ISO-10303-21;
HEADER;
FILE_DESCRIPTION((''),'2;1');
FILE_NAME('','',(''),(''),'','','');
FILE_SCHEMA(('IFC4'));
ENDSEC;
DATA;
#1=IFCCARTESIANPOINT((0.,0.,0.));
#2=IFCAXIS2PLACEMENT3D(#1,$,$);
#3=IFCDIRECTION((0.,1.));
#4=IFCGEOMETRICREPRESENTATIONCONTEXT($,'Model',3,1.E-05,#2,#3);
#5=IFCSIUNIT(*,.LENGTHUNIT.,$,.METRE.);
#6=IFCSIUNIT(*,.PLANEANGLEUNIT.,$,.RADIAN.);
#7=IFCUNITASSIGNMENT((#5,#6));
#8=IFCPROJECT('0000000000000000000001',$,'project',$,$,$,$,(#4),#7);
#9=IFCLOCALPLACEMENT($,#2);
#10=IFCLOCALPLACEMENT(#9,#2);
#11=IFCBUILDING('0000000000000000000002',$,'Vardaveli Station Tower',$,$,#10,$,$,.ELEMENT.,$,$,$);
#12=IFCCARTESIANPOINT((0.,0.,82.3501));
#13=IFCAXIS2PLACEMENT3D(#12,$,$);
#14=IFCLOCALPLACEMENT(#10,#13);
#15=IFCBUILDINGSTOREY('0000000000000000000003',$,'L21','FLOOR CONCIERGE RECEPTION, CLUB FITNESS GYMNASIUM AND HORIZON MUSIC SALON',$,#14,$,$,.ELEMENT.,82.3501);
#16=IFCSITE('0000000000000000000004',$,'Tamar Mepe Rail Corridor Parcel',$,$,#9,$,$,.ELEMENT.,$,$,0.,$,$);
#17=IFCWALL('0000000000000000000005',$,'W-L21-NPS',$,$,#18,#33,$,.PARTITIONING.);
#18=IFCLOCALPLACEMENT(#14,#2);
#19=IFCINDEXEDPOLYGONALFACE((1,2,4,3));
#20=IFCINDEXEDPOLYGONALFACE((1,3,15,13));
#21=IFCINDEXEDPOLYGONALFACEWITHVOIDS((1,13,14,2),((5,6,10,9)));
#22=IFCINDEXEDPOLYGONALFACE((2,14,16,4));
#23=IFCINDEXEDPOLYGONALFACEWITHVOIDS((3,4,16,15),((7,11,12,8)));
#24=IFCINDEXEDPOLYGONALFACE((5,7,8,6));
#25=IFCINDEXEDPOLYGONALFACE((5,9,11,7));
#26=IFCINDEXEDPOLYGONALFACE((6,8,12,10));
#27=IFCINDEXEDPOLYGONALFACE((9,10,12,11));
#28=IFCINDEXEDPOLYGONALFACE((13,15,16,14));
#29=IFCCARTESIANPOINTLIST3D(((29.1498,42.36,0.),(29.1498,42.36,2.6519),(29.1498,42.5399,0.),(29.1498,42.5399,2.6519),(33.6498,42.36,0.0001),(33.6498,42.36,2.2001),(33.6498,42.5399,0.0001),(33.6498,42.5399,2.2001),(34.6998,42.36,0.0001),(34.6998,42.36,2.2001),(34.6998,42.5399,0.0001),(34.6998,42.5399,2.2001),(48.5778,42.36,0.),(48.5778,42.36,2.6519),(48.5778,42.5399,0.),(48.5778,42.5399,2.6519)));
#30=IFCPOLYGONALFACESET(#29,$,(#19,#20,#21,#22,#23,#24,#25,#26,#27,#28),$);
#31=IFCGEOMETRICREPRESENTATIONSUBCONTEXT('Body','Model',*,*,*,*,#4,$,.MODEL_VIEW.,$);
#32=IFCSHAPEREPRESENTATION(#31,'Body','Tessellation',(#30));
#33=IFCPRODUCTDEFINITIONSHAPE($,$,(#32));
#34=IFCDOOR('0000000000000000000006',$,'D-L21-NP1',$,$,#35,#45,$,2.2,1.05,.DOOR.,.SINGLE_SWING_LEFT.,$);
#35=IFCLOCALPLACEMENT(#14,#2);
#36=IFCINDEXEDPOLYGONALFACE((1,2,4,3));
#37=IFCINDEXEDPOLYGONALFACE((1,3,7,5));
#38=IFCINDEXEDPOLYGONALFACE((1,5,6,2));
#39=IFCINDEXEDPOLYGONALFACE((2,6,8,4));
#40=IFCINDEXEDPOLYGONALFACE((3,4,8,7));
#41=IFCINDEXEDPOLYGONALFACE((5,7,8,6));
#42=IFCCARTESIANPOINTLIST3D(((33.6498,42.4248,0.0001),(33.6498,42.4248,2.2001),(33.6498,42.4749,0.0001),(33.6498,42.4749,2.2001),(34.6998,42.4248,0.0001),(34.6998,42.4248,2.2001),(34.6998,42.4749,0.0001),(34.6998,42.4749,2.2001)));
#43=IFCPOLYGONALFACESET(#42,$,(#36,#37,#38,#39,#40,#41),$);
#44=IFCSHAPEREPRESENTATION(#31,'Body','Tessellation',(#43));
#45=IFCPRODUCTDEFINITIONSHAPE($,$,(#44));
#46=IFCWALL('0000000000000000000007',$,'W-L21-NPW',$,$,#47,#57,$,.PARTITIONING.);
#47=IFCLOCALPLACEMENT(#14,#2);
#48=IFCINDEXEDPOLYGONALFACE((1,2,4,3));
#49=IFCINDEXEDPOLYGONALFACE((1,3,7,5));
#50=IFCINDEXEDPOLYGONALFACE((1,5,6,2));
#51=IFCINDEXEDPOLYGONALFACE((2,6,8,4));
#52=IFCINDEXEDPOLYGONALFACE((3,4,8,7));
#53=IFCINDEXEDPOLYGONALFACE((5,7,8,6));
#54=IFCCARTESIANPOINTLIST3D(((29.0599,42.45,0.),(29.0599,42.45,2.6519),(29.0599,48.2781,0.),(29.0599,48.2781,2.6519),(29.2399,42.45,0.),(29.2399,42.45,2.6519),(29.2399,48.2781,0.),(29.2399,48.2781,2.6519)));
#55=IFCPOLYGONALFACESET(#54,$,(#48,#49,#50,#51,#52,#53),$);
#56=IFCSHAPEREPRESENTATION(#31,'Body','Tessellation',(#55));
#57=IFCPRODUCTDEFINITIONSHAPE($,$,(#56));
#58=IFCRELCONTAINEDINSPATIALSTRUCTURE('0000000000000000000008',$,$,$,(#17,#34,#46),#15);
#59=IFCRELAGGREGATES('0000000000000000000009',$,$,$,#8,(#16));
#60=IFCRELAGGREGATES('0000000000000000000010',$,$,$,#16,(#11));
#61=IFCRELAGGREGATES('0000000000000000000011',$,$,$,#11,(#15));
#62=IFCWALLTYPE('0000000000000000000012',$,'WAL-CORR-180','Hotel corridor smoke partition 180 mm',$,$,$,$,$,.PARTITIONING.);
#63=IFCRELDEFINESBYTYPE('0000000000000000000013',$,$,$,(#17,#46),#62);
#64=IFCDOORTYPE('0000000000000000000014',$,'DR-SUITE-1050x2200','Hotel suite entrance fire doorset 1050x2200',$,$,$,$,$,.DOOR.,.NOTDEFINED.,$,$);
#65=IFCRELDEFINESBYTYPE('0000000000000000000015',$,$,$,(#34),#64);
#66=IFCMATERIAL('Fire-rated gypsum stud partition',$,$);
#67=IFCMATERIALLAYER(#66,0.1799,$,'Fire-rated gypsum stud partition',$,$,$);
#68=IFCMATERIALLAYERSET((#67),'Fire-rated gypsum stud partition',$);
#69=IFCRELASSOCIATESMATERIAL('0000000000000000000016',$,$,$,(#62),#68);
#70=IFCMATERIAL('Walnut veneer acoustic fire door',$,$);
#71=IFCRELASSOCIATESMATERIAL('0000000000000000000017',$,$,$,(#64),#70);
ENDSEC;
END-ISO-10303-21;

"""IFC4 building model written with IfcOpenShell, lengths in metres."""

from ifc_helpers import new_model, si_unit, direction, frame, frame_2d, origin, place, context, subcontext, project, spatial, rectangle, extrude, source, transform, mapped, material, layer, layer_set, type_object, element, fill, save


model = new_model("IFC4")

# Units and contexts
model_context = context("Model", 3, precision=1e-05, world=origin(), true_north=direction((0.0, 1.0)))
body_context = subcontext(model_context, "Body", "Model", "MODEL_VIEW")
ifc_project = project(units=[si_unit("LENGTHUNIT", "METRE"), si_unit("PLANEANGLEUNIT", "RADIAN")], contexts=[model_context])

# Site, building, storey
site_placement = place(None, origin())
site = spatial("IfcSite", under=ifc_project, at=site_placement, Name="Tamar Mepe Rail Corridor Parcel", CompositionType="ELEMENT", RefElevation=0.0)
building_placement = place(site_placement, origin())
building = spatial("IfcBuilding", under=site, at=building_placement, Name="Vardaveli Station Tower", CompositionType="ELEMENT")
storey_placement = place(building_placement, frame((0.0, 0.0, 82.3501)))
storey = spatial("IfcBuildingStorey", under=building, at=storey_placement, Name="L21", Description="FLOOR CONCIERGE RECEPTION, CLUB FITNESS GYMNASIUM AND HORIZON MUSIC SALON", CompositionType="ELEMENT", Elevation=82.3501)

# Wall, opening, door
ifc_material_1 = material(Name="Fire-rated gypsum stud partition")
ifc_layer_1 = layer(ifc_material_1, 0.1799, Name="Fire-rated gypsum stud partition")
ifc_layer_set_1 = layer_set([ifc_layer_1], Name="Fire-rated gypsum stud partition")
wall_type_1 = type_object("IfcWallType", Name="WAL-CORR-180", Description="Hotel corridor smoke partition 180 mm", PredefinedType="PARTITIONING", material=ifc_layer_set_1)
shared_shape_1 = source(origin(), body_context, "Body", "SweptSolid", [
    extrude(rectangle(XDim=19.428, YDim=0.1799, at=frame_2d((9.7139, 0.0))), origin(), (0.0, 0.0, 1.0), 2.6519),
])
wall_1_placement = place(storey_placement, frame((29.1499, 42.45, 0.0), z_axis=(0.0, 0.0, 1.0), x_axis=(1.0, 0.0, 0.0)))
wall_1 = element("IfcWall", 1, at=wall_1_placement, inside=storey, type_object=wall_type_1, Name="W-L21-NPS", PredefinedType="PARTITIONING", context=body_context, shape_type="MappedRepresentation", body=[
    mapped(shared_shape_1, transform((0.0, 0.0, 0.0), scale=1.0)),
])
shared_shape_2 = source(origin(), body_context, "Body", "SweptSolid", [
    extrude(rectangle(XDim=1.05, YDim=2.2, at=frame_2d((0.5249, 1.1001))), frame((0.0, 0.1001, 0.0), z_axis=(0.0, -1.0, 0.0), x_axis=(1.0, 0.0, 0.0)), (0.0, 0.0, 1.0), 0.2),
])
opening_1_placement = place(wall_1_placement, frame((4.5, 0.0, 0.0)))
opening_1 = element("IfcOpeningElement", 2, at=opening_1_placement, cuts=wall_1, PredefinedType="OPENING", context=body_context, shape_type="MappedRepresentation", body=[
    mapped(shared_shape_2, transform((0.0, 0.0, 0.0), scale=1.0)),
])
ifc_material_2 = material(Name="Walnut veneer acoustic fire door")
door_type_1 = type_object("IfcDoorType", Name="DR-SUITE-1050x2200", Description="Hotel suite entrance fire doorset 1050x2200", OperationType="NOTDEFINED", PredefinedType="DOOR", material=ifc_material_2)
shared_shape_3 = source(origin(), body_context, "Body", "SweptSolid", [
    extrude(rectangle(XDim=1.05, YDim=2.2, at=frame_2d((0.5249, 1.1001))), frame((0.0, 0.0249, 0.0), z_axis=(0.0, -1.0, 0.0), x_axis=(1.0, 0.0, 0.0)), (0.0, 0.0, 1.0), 0.05),
])
door_1_placement = place(opening_1_placement, origin())
door_1 = element("IfcDoor", 3, at=door_1_placement, inside=storey, type_object=door_type_1, Name="D-L21-NP1", OperationType="SINGLE_SWING_LEFT", OverallHeight=2.2, OverallWidth=1.05, PredefinedType="DOOR", context=body_context, shape_type="MappedRepresentation", body=[
    mapped(shared_shape_3, transform((0.0, 0.0, 0.0), scale=1.0)),
])
fill(opening_1, door_1)

# Wall
shared_shape_4 = source(origin(), body_context, "Body", "SweptSolid", [
    extrude(rectangle(XDim=5.8281, YDim=0.1799, at=frame_2d((2.9141, 0.0))), origin(), (0.0, 0.0, 1.0), 2.6519),
])
wall_2_placement = place(storey_placement, frame((29.1499, 42.45, 0.0), z_axis=(0.0, 0.0, 1.0), x_axis=(0.0, 1.0, 0.0)))
element("IfcWall", 4, at=wall_2_placement, inside=storey, type_object=wall_type_1, Name="W-L21-NPW", PredefinedType="PARTITIONING", context=body_context, shape_type="MappedRepresentation", body=[
    mapped(shared_shape_4, transform((0.0, 0.0, 0.0), scale=1.0)),
])

save(model, "model.ifc")
